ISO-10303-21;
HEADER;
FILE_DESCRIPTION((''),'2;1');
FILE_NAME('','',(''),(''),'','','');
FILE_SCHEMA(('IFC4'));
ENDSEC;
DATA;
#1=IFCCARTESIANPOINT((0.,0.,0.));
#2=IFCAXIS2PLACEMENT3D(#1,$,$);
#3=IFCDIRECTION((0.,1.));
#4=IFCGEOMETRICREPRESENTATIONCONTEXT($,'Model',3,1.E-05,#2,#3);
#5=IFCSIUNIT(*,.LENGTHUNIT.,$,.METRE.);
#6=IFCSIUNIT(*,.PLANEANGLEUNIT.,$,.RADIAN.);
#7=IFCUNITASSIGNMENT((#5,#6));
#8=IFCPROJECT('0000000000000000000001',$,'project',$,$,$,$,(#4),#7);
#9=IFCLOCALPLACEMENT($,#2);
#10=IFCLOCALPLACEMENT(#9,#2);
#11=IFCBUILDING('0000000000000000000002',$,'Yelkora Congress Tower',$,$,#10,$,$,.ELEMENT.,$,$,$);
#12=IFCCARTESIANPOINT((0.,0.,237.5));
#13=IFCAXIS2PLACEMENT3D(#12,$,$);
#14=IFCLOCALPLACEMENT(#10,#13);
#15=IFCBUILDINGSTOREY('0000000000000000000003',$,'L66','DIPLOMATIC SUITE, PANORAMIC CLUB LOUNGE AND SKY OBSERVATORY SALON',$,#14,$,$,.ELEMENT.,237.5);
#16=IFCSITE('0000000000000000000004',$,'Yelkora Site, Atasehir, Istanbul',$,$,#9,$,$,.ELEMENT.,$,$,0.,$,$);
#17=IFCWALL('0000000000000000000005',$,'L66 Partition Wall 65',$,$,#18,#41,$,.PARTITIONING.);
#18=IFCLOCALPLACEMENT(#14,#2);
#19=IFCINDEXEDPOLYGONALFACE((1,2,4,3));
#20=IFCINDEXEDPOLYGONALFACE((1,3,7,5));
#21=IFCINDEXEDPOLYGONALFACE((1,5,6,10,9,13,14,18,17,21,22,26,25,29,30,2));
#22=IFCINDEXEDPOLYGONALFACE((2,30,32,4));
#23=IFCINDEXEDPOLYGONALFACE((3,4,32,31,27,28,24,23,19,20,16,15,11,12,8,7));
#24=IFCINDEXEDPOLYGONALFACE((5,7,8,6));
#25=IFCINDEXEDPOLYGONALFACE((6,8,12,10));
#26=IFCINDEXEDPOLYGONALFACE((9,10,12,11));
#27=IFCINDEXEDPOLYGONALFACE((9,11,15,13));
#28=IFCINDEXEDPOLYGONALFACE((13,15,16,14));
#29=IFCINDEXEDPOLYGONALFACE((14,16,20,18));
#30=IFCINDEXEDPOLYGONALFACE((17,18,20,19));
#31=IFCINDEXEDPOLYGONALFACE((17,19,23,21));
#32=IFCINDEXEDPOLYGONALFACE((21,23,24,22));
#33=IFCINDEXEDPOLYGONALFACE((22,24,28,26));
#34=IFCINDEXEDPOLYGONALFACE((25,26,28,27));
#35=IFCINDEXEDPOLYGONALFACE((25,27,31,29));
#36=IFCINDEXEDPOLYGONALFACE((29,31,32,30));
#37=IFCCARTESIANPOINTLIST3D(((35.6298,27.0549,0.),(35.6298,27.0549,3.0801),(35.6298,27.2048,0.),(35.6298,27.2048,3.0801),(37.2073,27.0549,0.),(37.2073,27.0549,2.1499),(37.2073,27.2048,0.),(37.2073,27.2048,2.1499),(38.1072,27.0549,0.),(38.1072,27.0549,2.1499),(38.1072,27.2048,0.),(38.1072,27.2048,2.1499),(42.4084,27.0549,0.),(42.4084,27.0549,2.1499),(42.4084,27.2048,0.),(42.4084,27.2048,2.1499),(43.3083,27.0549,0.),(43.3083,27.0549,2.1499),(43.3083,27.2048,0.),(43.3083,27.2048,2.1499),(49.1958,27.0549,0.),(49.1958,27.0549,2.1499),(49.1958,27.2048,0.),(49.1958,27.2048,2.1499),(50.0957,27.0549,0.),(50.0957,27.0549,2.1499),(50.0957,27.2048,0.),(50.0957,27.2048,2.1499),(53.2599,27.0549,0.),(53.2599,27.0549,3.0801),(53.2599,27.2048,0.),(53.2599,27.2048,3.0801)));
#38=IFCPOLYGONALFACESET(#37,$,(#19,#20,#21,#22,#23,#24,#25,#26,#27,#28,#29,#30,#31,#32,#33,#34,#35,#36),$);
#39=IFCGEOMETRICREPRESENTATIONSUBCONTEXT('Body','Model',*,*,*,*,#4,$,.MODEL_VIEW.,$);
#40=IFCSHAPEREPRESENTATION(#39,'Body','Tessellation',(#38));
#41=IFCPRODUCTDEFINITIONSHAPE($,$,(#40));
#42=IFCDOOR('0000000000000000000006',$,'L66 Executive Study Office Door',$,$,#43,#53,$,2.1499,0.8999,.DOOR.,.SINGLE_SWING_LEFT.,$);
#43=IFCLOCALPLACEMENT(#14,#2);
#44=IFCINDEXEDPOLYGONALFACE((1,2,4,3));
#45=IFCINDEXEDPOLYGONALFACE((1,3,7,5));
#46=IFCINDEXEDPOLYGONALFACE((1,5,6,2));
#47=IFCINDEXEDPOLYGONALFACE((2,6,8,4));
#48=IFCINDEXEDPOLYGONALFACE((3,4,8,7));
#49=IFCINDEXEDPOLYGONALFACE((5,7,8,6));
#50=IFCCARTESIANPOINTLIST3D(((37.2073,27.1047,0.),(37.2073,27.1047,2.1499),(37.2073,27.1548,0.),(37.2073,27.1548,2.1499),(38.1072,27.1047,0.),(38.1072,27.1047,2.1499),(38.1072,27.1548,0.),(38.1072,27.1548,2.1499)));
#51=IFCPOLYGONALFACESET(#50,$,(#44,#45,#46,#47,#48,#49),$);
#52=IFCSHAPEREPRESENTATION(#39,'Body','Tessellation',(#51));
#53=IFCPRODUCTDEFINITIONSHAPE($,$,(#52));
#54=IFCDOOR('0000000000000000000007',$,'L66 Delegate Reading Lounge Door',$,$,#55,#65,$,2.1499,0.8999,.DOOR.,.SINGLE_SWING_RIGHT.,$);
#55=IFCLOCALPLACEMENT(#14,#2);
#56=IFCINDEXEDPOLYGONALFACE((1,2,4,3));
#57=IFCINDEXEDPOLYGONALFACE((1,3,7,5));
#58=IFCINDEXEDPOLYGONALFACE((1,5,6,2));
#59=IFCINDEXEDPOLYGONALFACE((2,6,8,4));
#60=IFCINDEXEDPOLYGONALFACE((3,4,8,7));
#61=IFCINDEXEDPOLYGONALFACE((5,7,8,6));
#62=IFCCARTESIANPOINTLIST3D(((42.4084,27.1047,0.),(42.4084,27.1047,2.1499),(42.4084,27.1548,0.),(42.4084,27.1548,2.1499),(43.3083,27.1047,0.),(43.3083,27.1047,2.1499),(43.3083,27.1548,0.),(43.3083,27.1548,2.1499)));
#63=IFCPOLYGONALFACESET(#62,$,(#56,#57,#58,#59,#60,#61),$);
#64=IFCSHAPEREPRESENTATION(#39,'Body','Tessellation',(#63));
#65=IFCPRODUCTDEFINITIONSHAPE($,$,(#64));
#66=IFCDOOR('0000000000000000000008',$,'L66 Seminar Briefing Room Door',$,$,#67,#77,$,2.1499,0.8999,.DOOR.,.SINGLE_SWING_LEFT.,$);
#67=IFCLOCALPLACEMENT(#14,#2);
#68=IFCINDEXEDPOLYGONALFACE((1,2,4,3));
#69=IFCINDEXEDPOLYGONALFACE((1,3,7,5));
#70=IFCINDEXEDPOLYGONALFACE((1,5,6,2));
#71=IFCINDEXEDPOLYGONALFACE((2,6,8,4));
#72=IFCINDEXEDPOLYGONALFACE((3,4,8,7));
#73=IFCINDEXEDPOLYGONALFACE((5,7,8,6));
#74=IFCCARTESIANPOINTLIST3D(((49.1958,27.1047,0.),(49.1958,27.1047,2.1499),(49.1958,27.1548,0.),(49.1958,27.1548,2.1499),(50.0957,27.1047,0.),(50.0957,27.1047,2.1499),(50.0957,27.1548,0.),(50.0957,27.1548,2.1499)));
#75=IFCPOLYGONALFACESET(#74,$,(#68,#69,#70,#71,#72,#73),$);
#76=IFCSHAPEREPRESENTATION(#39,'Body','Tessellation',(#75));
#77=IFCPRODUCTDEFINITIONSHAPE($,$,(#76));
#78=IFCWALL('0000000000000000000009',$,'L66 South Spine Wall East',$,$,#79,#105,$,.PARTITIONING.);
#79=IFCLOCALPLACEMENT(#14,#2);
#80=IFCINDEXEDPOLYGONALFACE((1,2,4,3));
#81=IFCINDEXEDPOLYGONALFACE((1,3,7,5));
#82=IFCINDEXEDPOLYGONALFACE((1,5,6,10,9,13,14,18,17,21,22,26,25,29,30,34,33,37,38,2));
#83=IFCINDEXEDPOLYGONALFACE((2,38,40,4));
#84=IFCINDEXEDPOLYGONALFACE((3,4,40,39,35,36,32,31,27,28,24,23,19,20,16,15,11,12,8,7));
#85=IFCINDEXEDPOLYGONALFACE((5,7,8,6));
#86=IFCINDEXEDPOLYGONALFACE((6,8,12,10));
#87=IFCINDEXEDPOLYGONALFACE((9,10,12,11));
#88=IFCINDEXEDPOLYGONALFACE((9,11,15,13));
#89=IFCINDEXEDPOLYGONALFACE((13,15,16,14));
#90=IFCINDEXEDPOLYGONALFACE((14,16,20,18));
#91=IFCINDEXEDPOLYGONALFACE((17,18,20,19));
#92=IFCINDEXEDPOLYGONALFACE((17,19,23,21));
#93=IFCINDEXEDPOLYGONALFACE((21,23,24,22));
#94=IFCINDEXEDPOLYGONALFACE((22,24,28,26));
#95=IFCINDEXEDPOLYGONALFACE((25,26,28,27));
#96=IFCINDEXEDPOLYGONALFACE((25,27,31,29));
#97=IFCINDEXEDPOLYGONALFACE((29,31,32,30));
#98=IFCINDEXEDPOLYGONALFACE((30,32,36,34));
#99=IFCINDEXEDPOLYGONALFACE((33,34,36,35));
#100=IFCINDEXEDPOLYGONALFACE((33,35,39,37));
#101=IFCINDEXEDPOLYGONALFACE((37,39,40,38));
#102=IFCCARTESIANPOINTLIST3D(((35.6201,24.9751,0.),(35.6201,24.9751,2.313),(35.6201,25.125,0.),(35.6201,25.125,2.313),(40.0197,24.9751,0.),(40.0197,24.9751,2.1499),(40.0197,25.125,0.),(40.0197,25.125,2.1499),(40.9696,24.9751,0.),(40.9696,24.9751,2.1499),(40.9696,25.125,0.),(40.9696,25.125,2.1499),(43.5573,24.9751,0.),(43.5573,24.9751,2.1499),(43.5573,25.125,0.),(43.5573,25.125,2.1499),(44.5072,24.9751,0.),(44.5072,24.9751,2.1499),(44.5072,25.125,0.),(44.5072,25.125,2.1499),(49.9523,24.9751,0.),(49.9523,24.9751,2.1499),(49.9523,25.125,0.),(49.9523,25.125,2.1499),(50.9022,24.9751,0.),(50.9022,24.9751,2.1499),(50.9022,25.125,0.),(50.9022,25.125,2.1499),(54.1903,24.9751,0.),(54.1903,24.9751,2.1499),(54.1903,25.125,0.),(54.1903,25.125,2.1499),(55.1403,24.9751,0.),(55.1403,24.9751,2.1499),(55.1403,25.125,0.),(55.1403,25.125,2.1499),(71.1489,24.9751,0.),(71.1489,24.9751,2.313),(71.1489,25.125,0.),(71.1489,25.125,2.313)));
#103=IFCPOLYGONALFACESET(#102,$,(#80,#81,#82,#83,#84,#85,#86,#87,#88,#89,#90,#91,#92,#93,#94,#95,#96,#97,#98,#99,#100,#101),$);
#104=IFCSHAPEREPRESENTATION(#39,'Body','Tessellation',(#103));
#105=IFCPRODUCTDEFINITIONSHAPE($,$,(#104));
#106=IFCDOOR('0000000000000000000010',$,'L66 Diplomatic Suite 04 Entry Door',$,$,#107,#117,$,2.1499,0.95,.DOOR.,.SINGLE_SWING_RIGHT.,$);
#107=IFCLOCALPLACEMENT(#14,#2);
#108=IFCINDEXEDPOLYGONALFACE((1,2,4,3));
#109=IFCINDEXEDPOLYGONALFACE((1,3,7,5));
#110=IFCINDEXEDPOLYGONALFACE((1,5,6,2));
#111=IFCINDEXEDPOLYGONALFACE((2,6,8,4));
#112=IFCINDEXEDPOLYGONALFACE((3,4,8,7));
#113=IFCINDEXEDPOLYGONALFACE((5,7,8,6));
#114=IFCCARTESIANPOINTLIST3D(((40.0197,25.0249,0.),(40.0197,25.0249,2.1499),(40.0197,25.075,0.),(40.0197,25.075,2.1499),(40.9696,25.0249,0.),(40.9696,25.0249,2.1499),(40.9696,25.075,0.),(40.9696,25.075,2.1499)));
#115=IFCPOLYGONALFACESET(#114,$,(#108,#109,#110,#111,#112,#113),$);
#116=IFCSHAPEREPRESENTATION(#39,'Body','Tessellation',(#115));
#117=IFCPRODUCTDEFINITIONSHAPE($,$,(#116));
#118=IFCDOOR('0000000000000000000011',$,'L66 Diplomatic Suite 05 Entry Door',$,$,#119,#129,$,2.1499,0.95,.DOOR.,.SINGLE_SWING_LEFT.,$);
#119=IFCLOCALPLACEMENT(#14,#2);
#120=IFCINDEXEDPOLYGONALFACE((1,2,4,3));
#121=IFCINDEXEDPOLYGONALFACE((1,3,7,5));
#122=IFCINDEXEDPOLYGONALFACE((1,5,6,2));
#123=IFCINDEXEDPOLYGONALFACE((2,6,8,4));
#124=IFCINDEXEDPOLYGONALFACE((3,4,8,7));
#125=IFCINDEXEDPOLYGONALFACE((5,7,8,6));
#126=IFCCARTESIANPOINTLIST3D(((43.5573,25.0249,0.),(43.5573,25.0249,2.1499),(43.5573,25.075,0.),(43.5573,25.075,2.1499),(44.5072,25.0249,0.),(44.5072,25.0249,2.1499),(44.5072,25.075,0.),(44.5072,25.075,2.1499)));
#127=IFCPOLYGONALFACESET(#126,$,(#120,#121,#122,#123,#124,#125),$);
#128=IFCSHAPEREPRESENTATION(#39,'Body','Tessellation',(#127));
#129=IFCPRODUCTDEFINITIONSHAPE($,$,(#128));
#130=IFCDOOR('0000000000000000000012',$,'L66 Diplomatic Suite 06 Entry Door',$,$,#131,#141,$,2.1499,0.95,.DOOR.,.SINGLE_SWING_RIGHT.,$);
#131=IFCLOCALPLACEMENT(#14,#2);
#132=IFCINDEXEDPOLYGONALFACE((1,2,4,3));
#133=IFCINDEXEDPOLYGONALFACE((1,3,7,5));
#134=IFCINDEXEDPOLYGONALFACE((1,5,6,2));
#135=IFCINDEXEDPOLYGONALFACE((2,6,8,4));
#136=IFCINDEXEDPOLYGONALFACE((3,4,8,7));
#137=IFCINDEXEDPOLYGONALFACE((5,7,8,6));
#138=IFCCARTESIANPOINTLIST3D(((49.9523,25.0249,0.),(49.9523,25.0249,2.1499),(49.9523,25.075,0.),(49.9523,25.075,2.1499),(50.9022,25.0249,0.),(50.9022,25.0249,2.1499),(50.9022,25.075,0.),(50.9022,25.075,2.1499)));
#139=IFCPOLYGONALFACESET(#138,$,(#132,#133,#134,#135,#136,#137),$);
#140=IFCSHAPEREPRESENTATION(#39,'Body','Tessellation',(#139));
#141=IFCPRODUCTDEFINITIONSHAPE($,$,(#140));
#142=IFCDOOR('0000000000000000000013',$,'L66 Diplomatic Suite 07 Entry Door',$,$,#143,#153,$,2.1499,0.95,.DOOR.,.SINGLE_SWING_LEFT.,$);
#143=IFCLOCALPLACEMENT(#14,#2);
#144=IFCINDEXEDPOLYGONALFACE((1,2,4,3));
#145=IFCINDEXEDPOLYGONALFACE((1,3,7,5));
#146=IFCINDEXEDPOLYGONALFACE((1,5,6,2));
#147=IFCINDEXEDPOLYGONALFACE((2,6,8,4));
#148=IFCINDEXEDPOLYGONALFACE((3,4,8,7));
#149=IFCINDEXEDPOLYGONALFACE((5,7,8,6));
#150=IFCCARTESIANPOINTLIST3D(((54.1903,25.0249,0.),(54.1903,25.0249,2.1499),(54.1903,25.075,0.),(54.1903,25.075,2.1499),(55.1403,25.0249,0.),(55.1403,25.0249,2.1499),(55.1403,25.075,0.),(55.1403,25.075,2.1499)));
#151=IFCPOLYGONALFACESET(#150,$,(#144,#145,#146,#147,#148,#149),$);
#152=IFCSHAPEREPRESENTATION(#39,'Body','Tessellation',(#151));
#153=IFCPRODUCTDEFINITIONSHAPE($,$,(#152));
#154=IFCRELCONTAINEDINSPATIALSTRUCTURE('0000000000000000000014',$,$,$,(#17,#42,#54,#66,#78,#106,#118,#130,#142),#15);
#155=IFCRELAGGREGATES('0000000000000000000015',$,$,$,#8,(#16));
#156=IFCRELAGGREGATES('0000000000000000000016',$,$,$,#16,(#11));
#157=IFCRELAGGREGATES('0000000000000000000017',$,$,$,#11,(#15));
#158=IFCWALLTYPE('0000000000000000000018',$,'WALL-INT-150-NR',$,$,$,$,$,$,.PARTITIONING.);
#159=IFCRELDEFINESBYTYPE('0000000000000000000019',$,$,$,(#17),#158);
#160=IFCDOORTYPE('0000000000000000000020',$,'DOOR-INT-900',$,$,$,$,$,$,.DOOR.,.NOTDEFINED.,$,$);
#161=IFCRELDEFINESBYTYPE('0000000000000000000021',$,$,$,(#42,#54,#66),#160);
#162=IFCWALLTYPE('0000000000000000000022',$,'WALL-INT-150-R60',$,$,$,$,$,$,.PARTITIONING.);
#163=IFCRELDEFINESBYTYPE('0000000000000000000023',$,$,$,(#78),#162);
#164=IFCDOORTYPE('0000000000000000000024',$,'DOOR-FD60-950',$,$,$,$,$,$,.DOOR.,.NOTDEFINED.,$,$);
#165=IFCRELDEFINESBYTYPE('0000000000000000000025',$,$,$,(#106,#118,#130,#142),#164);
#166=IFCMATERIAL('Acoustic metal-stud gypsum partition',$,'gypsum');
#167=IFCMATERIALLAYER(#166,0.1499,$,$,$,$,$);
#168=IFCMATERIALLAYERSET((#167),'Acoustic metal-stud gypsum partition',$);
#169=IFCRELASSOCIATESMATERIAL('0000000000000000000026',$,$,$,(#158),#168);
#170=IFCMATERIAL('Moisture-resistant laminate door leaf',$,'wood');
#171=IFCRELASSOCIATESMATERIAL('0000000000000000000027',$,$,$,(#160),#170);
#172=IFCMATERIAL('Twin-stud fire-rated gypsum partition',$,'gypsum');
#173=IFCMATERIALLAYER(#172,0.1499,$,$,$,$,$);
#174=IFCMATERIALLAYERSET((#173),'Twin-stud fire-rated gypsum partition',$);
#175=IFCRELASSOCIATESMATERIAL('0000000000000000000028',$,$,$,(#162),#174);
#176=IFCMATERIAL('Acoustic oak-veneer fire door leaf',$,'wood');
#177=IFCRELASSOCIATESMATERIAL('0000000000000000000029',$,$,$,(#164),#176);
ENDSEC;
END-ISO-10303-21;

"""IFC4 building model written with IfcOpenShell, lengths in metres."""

from ifc_helpers import new_model, si_unit, direction, frame, frame_2d, origin, place, context, subcontext, project, spatial, rectangle, extrude, material, layer, layer_set, type_object, element, fill, save


model = new_model("IFC4")

# Units and contexts
model_context = context("Model", 3, precision=1e-05, world=origin(), true_north=direction((0.0, 1.0)))
body_context = subcontext(model_context, "Body", "Model", "MODEL_VIEW")
ifc_project = project(units=[si_unit("LENGTHUNIT", "METRE"), si_unit("PLANEANGLEUNIT", "RADIAN")], contexts=[model_context])

# Site, building, storey
site_placement = place(None, origin())
site = spatial("IfcSite", under=ifc_project, at=site_placement, Name="Yelkora Site, Atasehir, Istanbul", CompositionType="ELEMENT", RefElevation=0.0)
building_placement = place(site_placement, origin())
building = spatial("IfcBuilding", under=site, at=building_placement, Name="Yelkora Congress Tower", CompositionType="ELEMENT")
storey_placement = place(building_placement, frame((0.0, 0.0, 237.5)))
storey = spatial("IfcBuildingStorey", under=building, at=storey_placement, Name="L66", Description="DIPLOMATIC SUITE, PANORAMIC CLUB LOUNGE AND SKY OBSERVATORY SALON", CompositionType="ELEMENT", Elevation=237.5)

# Shared definitions
ifc_material_1 = material(Name="Acoustic metal-stud gypsum partition", Category="gypsum")
ifc_layer_1 = layer(ifc_material_1, 0.1499)
ifc_layer_set_1 = layer_set([ifc_layer_1], Name="Acoustic metal-stud gypsum partition")
wall_type_1 = type_object("IfcWallType", Name="WALL-INT-150-NR", PredefinedType="PARTITIONING", material=ifc_layer_set_1)

# Walls, openings, doors
wall_1_placement = place(storey_placement, frame((35.6299, 27.1299, 0.0), z_axis=(0.0, 0.0, 1.0), x_axis=(1.0, 0.0, 0.0)))
wall_1 = element("IfcWall", 1, at=wall_1_placement, inside=storey, type_object=wall_type_1, Name="L66 Partition Wall 65", PredefinedType="PARTITIONING", context=body_context, shape_type="SweptSolid", body=[
    extrude(rectangle(XDim=17.6301, YDim=0.1499, at=frame_2d((8.8149, 0.0))), origin(), (0.0, 0.0, 1.0), 3.0801),
])
opening_1_placement = place(wall_1_placement, frame((1.5774, 0.0, 0.0)))
opening_1 = element("IfcOpeningElement", 2, at=opening_1_placement, cuts=wall_1, PredefinedType="OPENING", context=body_context, shape_type="SweptSolid", body=[
    extrude(rectangle(XDim=0.8999, YDim=2.1499, at=frame_2d((0.45, 1.075))), frame((0.0, 0.085, 0.0), z_axis=(0.0, -1.0, 0.0), x_axis=(1.0, 0.0, 0.0)), (0.0, 0.0, 1.0), 0.1699),
])
opening_2_placement = place(wall_1_placement, frame((6.7786, 0.0, 0.0)))
opening_2 = element("IfcOpeningElement", 3, at=opening_2_placement, cuts=wall_1, PredefinedType="OPENING", context=body_context, shape_type="SweptSolid", body=[
    extrude(rectangle(XDim=0.8999, YDim=2.1499, at=frame_2d((0.45, 1.075))), frame((0.0, 0.085, 0.0), z_axis=(0.0, -1.0, 0.0), x_axis=(1.0, 0.0, 0.0)), (0.0, 0.0, 1.0), 0.1699),
])
opening_3_placement = place(wall_1_placement, frame((13.5659, 0.0, 0.0)))
opening_3 = element("IfcOpeningElement", 4, at=opening_3_placement, cuts=wall_1, PredefinedType="OPENING", context=body_context, shape_type="SweptSolid", body=[
    extrude(rectangle(XDim=0.8999, YDim=2.1499, at=frame_2d((0.45, 1.075))), frame((0.0, 0.085, 0.0), z_axis=(0.0, -1.0, 0.0), x_axis=(1.0, 0.0, 0.0)), (0.0, 0.0, 1.0), 0.1699),
])
ifc_material_2 = material(Name="Moisture-resistant laminate door leaf", Category="wood")
door_type_1 = type_object("IfcDoorType", Name="DOOR-INT-900", OperationType="NOTDEFINED", PredefinedType="DOOR", material=ifc_material_2)
door_1_placement = place(opening_1_placement, origin())
door_1 = element("IfcDoor", 5, at=door_1_placement, inside=storey, type_object=door_type_1, Name="L66 Executive Study Office Door", OperationType="SINGLE_SWING_LEFT", OverallHeight=2.1499, OverallWidth=0.8999, PredefinedType="DOOR", context=body_context, shape_type="SweptSolid", body=[
    extrude(rectangle(XDim=0.8999, YDim=2.1499, at=frame_2d((0.45, 1.075))), frame((0.0, 0.0249, 0.0), z_axis=(0.0, -1.0, 0.0), x_axis=(1.0, 0.0, 0.0)), (0.0, 0.0, 1.0), 0.05),
])
fill(opening_1, door_1)
door_2_placement = place(opening_2_placement, origin())
door_2 = element("IfcDoor", 6, at=door_2_placement, inside=storey, type_object=door_type_1, Name="L66 Delegate Reading Lounge Door", OperationType="SINGLE_SWING_RIGHT", OverallHeight=2.1499, OverallWidth=0.8999, PredefinedType="DOOR", context=body_context, shape_type="SweptSolid", body=[
    extrude(rectangle(XDim=0.8999, YDim=2.1499, at=frame_2d((0.45, 1.075))), frame((0.0, 0.0249, 0.0), z_axis=(0.0, -1.0, 0.0), x_axis=(1.0, 0.0, 0.0)), (0.0, 0.0, 1.0), 0.05),
])
fill(opening_2, door_2)
door_3_placement = place(opening_3_placement, origin())
door_3 = element("IfcDoor", 7, at=door_3_placement, inside=storey, type_object=door_type_1, Name="L66 Seminar Briefing Room Door", OperationType="SINGLE_SWING_LEFT", OverallHeight=2.1499, OverallWidth=0.8999, PredefinedType="DOOR", context=body_context, shape_type="SweptSolid", body=[
    extrude(rectangle(XDim=0.8999, YDim=2.1499, at=frame_2d((0.45, 1.075))), frame((0.0, 0.0249, 0.0), z_axis=(0.0, -1.0, 0.0), x_axis=(1.0, 0.0, 0.0)), (0.0, 0.0, 1.0), 0.05),
])
fill(opening_3, door_3)
ifc_material_3 = material(Name="Twin-stud fire-rated gypsum partition", Category="gypsum")
ifc_layer_2 = layer(ifc_material_3, 0.1499)
ifc_layer_set_2 = layer_set([ifc_layer_2], Name="Twin-stud fire-rated gypsum partition")
wall_type_2 = type_object("IfcWallType", Name="WALL-INT-150-R60", PredefinedType="PARTITIONING", material=ifc_layer_set_2)
wall_2_placement = place(storey_placement, frame((35.6201, 25.05, 0.0), z_axis=(0.0, 0.0, 1.0), x_axis=(1.0, 0.0, 0.0)))
wall_2 = element("IfcWall", 8, at=wall_2_placement, inside=storey, type_object=wall_type_2, Name="L66 South Spine Wall East", PredefinedType="PARTITIONING", context=body_context, shape_type="SweptSolid", body=[
    extrude(rectangle(XDim=35.5288, YDim=0.1499, at=frame_2d((17.7644, 0.0))), origin(), (0.0, 0.0, 1.0), 2.313),
])
opening_4_placement = place(wall_2_placement, frame((4.3994, 0.0, 0.0)))
opening_4 = element("IfcOpeningElement", 9, at=opening_4_placement, cuts=wall_2, PredefinedType="OPENING", context=body_context, shape_type="SweptSolid", body=[
    extrude(rectangle(XDim=0.95, YDim=2.1499, at=frame_2d((0.4751, 1.075))), frame((0.0, 0.085, 0.0), z_axis=(0.0, -1.0, 0.0), x_axis=(1.0, 0.0, 0.0)), (0.0, 0.0, 1.0), 0.1699),
])
opening_5_placement = place(wall_2_placement, frame((7.937, 0.0, 0.0)))
opening_5 = element("IfcOpeningElement", 10, at=opening_5_placement, cuts=wall_2, PredefinedType="OPENING", context=body_context, shape_type="SweptSolid", body=[
    extrude(rectangle(XDim=0.95, YDim=2.1499, at=frame_2d((0.4751, 1.075))), frame((0.0, 0.085, 0.0), z_axis=(0.0, -1.0, 0.0), x_axis=(1.0, 0.0, 0.0)), (0.0, 0.0, 1.0), 0.1699),
])
opening_6_placement = place(wall_2_placement, frame((14.332, 0.0, 0.0)))
opening_6 = element("IfcOpeningElement", 11, at=opening_6_placement, cuts=wall_2, PredefinedType="OPENING", context=body_context, shape_type="SweptSolid", body=[
    extrude(rectangle(XDim=0.95, YDim=2.1499, at=frame_2d((0.4751, 1.075))), frame((0.0, 0.085, 0.0), z_axis=(0.0, -1.0, 0.0), x_axis=(1.0, 0.0, 0.0)), (0.0, 0.0, 1.0), 0.1699),
])
opening_7_placement = place(wall_2_placement, frame((18.5701, 0.0, 0.0)))
opening_7 = element("IfcOpeningElement", 12, at=opening_7_placement, cuts=wall_2, PredefinedType="OPENING", context=body_context, shape_type="SweptSolid", body=[
    extrude(rectangle(XDim=0.95, YDim=2.1499, at=frame_2d((0.4751, 1.075))), frame((0.0, 0.085, 0.0), z_axis=(0.0, -1.0, 0.0), x_axis=(1.0, 0.0, 0.0)), (0.0, 0.0, 1.0), 0.1699),
])
ifc_material_4 = material(Name="Acoustic oak-veneer fire door leaf", Category="wood")
door_type_2 = type_object("IfcDoorType", Name="DOOR-FD60-950", OperationType="NOTDEFINED", PredefinedType="DOOR", material=ifc_material_4)
door_4_placement = place(opening_4_placement, origin())
door_4 = element("IfcDoor", 13, at=door_4_placement, inside=storey, type_object=door_type_2, Name="L66 Diplomatic Suite 04 Entry Door", OperationType="SINGLE_SWING_RIGHT", OverallHeight=2.1499, OverallWidth=0.95, PredefinedType="DOOR", context=body_context, shape_type="SweptSolid", body=[
    extrude(rectangle(XDim=0.95, YDim=2.1499, at=frame_2d((0.4751, 1.075))), frame((0.0, 0.0249, 0.0), z_axis=(0.0, -1.0, 0.0), x_axis=(1.0, 0.0, 0.0)), (0.0, 0.0, 1.0), 0.05),
])
fill(opening_4, door_4)
door_5_placement = place(opening_5_placement, origin())
door_5 = element("IfcDoor", 14, at=door_5_placement, inside=storey, type_object=door_type_2, Name="L66 Diplomatic Suite 05 Entry Door", OperationType="SINGLE_SWING_LEFT", OverallHeight=2.1499, OverallWidth=0.95, PredefinedType="DOOR", context=body_context, shape_type="SweptSolid", body=[
    extrude(rectangle(XDim=0.95, YDim=2.1499, at=frame_2d((0.4751, 1.075))), frame((0.0, 0.0249, 0.0), z_axis=(0.0, -1.0, 0.0), x_axis=(1.0, 0.0, 0.0)), (0.0, 0.0, 1.0), 0.05),
])
fill(opening_5, door_5)
door_6_placement = place(opening_6_placement, origin())
door_6 = element("IfcDoor", 15, at=door_6_placement, inside=storey, type_object=door_type_2, Name="L66 Diplomatic Suite 06 Entry Door", OperationType="SINGLE_SWING_RIGHT", OverallHeight=2.1499, OverallWidth=0.95, PredefinedType="DOOR", context=body_context, shape_type="SweptSolid", body=[
    extrude(rectangle(XDim=0.95, YDim=2.1499, at=frame_2d((0.4751, 1.075))), frame((0.0, 0.0249, 0.0), z_axis=(0.0, -1.0, 0.0), x_axis=(1.0, 0.0, 0.0)), (0.0, 0.0, 1.0), 0.05),
])
fill(opening_6, door_6)
door_7_placement = place(opening_7_placement, origin())
door_7 = element("IfcDoor", 16, at=door_7_placement, inside=storey, type_object=door_type_2, Name="L66 Diplomatic Suite 07 Entry Door", OperationType="SINGLE_SWING_LEFT", OverallHeight=2.1499, OverallWidth=0.95, PredefinedType="DOOR", context=body_context, shape_type="SweptSolid", body=[
    extrude(rectangle(XDim=0.95, YDim=2.1499, at=frame_2d((0.4751, 1.075))), frame((0.0, 0.0249, 0.0), z_axis=(0.0, -1.0, 0.0), x_axis=(1.0, 0.0, 0.0)), (0.0, 0.0, 1.0), 0.05),
])
fill(opening_7, door_7)

save(model, "model.ifc")
